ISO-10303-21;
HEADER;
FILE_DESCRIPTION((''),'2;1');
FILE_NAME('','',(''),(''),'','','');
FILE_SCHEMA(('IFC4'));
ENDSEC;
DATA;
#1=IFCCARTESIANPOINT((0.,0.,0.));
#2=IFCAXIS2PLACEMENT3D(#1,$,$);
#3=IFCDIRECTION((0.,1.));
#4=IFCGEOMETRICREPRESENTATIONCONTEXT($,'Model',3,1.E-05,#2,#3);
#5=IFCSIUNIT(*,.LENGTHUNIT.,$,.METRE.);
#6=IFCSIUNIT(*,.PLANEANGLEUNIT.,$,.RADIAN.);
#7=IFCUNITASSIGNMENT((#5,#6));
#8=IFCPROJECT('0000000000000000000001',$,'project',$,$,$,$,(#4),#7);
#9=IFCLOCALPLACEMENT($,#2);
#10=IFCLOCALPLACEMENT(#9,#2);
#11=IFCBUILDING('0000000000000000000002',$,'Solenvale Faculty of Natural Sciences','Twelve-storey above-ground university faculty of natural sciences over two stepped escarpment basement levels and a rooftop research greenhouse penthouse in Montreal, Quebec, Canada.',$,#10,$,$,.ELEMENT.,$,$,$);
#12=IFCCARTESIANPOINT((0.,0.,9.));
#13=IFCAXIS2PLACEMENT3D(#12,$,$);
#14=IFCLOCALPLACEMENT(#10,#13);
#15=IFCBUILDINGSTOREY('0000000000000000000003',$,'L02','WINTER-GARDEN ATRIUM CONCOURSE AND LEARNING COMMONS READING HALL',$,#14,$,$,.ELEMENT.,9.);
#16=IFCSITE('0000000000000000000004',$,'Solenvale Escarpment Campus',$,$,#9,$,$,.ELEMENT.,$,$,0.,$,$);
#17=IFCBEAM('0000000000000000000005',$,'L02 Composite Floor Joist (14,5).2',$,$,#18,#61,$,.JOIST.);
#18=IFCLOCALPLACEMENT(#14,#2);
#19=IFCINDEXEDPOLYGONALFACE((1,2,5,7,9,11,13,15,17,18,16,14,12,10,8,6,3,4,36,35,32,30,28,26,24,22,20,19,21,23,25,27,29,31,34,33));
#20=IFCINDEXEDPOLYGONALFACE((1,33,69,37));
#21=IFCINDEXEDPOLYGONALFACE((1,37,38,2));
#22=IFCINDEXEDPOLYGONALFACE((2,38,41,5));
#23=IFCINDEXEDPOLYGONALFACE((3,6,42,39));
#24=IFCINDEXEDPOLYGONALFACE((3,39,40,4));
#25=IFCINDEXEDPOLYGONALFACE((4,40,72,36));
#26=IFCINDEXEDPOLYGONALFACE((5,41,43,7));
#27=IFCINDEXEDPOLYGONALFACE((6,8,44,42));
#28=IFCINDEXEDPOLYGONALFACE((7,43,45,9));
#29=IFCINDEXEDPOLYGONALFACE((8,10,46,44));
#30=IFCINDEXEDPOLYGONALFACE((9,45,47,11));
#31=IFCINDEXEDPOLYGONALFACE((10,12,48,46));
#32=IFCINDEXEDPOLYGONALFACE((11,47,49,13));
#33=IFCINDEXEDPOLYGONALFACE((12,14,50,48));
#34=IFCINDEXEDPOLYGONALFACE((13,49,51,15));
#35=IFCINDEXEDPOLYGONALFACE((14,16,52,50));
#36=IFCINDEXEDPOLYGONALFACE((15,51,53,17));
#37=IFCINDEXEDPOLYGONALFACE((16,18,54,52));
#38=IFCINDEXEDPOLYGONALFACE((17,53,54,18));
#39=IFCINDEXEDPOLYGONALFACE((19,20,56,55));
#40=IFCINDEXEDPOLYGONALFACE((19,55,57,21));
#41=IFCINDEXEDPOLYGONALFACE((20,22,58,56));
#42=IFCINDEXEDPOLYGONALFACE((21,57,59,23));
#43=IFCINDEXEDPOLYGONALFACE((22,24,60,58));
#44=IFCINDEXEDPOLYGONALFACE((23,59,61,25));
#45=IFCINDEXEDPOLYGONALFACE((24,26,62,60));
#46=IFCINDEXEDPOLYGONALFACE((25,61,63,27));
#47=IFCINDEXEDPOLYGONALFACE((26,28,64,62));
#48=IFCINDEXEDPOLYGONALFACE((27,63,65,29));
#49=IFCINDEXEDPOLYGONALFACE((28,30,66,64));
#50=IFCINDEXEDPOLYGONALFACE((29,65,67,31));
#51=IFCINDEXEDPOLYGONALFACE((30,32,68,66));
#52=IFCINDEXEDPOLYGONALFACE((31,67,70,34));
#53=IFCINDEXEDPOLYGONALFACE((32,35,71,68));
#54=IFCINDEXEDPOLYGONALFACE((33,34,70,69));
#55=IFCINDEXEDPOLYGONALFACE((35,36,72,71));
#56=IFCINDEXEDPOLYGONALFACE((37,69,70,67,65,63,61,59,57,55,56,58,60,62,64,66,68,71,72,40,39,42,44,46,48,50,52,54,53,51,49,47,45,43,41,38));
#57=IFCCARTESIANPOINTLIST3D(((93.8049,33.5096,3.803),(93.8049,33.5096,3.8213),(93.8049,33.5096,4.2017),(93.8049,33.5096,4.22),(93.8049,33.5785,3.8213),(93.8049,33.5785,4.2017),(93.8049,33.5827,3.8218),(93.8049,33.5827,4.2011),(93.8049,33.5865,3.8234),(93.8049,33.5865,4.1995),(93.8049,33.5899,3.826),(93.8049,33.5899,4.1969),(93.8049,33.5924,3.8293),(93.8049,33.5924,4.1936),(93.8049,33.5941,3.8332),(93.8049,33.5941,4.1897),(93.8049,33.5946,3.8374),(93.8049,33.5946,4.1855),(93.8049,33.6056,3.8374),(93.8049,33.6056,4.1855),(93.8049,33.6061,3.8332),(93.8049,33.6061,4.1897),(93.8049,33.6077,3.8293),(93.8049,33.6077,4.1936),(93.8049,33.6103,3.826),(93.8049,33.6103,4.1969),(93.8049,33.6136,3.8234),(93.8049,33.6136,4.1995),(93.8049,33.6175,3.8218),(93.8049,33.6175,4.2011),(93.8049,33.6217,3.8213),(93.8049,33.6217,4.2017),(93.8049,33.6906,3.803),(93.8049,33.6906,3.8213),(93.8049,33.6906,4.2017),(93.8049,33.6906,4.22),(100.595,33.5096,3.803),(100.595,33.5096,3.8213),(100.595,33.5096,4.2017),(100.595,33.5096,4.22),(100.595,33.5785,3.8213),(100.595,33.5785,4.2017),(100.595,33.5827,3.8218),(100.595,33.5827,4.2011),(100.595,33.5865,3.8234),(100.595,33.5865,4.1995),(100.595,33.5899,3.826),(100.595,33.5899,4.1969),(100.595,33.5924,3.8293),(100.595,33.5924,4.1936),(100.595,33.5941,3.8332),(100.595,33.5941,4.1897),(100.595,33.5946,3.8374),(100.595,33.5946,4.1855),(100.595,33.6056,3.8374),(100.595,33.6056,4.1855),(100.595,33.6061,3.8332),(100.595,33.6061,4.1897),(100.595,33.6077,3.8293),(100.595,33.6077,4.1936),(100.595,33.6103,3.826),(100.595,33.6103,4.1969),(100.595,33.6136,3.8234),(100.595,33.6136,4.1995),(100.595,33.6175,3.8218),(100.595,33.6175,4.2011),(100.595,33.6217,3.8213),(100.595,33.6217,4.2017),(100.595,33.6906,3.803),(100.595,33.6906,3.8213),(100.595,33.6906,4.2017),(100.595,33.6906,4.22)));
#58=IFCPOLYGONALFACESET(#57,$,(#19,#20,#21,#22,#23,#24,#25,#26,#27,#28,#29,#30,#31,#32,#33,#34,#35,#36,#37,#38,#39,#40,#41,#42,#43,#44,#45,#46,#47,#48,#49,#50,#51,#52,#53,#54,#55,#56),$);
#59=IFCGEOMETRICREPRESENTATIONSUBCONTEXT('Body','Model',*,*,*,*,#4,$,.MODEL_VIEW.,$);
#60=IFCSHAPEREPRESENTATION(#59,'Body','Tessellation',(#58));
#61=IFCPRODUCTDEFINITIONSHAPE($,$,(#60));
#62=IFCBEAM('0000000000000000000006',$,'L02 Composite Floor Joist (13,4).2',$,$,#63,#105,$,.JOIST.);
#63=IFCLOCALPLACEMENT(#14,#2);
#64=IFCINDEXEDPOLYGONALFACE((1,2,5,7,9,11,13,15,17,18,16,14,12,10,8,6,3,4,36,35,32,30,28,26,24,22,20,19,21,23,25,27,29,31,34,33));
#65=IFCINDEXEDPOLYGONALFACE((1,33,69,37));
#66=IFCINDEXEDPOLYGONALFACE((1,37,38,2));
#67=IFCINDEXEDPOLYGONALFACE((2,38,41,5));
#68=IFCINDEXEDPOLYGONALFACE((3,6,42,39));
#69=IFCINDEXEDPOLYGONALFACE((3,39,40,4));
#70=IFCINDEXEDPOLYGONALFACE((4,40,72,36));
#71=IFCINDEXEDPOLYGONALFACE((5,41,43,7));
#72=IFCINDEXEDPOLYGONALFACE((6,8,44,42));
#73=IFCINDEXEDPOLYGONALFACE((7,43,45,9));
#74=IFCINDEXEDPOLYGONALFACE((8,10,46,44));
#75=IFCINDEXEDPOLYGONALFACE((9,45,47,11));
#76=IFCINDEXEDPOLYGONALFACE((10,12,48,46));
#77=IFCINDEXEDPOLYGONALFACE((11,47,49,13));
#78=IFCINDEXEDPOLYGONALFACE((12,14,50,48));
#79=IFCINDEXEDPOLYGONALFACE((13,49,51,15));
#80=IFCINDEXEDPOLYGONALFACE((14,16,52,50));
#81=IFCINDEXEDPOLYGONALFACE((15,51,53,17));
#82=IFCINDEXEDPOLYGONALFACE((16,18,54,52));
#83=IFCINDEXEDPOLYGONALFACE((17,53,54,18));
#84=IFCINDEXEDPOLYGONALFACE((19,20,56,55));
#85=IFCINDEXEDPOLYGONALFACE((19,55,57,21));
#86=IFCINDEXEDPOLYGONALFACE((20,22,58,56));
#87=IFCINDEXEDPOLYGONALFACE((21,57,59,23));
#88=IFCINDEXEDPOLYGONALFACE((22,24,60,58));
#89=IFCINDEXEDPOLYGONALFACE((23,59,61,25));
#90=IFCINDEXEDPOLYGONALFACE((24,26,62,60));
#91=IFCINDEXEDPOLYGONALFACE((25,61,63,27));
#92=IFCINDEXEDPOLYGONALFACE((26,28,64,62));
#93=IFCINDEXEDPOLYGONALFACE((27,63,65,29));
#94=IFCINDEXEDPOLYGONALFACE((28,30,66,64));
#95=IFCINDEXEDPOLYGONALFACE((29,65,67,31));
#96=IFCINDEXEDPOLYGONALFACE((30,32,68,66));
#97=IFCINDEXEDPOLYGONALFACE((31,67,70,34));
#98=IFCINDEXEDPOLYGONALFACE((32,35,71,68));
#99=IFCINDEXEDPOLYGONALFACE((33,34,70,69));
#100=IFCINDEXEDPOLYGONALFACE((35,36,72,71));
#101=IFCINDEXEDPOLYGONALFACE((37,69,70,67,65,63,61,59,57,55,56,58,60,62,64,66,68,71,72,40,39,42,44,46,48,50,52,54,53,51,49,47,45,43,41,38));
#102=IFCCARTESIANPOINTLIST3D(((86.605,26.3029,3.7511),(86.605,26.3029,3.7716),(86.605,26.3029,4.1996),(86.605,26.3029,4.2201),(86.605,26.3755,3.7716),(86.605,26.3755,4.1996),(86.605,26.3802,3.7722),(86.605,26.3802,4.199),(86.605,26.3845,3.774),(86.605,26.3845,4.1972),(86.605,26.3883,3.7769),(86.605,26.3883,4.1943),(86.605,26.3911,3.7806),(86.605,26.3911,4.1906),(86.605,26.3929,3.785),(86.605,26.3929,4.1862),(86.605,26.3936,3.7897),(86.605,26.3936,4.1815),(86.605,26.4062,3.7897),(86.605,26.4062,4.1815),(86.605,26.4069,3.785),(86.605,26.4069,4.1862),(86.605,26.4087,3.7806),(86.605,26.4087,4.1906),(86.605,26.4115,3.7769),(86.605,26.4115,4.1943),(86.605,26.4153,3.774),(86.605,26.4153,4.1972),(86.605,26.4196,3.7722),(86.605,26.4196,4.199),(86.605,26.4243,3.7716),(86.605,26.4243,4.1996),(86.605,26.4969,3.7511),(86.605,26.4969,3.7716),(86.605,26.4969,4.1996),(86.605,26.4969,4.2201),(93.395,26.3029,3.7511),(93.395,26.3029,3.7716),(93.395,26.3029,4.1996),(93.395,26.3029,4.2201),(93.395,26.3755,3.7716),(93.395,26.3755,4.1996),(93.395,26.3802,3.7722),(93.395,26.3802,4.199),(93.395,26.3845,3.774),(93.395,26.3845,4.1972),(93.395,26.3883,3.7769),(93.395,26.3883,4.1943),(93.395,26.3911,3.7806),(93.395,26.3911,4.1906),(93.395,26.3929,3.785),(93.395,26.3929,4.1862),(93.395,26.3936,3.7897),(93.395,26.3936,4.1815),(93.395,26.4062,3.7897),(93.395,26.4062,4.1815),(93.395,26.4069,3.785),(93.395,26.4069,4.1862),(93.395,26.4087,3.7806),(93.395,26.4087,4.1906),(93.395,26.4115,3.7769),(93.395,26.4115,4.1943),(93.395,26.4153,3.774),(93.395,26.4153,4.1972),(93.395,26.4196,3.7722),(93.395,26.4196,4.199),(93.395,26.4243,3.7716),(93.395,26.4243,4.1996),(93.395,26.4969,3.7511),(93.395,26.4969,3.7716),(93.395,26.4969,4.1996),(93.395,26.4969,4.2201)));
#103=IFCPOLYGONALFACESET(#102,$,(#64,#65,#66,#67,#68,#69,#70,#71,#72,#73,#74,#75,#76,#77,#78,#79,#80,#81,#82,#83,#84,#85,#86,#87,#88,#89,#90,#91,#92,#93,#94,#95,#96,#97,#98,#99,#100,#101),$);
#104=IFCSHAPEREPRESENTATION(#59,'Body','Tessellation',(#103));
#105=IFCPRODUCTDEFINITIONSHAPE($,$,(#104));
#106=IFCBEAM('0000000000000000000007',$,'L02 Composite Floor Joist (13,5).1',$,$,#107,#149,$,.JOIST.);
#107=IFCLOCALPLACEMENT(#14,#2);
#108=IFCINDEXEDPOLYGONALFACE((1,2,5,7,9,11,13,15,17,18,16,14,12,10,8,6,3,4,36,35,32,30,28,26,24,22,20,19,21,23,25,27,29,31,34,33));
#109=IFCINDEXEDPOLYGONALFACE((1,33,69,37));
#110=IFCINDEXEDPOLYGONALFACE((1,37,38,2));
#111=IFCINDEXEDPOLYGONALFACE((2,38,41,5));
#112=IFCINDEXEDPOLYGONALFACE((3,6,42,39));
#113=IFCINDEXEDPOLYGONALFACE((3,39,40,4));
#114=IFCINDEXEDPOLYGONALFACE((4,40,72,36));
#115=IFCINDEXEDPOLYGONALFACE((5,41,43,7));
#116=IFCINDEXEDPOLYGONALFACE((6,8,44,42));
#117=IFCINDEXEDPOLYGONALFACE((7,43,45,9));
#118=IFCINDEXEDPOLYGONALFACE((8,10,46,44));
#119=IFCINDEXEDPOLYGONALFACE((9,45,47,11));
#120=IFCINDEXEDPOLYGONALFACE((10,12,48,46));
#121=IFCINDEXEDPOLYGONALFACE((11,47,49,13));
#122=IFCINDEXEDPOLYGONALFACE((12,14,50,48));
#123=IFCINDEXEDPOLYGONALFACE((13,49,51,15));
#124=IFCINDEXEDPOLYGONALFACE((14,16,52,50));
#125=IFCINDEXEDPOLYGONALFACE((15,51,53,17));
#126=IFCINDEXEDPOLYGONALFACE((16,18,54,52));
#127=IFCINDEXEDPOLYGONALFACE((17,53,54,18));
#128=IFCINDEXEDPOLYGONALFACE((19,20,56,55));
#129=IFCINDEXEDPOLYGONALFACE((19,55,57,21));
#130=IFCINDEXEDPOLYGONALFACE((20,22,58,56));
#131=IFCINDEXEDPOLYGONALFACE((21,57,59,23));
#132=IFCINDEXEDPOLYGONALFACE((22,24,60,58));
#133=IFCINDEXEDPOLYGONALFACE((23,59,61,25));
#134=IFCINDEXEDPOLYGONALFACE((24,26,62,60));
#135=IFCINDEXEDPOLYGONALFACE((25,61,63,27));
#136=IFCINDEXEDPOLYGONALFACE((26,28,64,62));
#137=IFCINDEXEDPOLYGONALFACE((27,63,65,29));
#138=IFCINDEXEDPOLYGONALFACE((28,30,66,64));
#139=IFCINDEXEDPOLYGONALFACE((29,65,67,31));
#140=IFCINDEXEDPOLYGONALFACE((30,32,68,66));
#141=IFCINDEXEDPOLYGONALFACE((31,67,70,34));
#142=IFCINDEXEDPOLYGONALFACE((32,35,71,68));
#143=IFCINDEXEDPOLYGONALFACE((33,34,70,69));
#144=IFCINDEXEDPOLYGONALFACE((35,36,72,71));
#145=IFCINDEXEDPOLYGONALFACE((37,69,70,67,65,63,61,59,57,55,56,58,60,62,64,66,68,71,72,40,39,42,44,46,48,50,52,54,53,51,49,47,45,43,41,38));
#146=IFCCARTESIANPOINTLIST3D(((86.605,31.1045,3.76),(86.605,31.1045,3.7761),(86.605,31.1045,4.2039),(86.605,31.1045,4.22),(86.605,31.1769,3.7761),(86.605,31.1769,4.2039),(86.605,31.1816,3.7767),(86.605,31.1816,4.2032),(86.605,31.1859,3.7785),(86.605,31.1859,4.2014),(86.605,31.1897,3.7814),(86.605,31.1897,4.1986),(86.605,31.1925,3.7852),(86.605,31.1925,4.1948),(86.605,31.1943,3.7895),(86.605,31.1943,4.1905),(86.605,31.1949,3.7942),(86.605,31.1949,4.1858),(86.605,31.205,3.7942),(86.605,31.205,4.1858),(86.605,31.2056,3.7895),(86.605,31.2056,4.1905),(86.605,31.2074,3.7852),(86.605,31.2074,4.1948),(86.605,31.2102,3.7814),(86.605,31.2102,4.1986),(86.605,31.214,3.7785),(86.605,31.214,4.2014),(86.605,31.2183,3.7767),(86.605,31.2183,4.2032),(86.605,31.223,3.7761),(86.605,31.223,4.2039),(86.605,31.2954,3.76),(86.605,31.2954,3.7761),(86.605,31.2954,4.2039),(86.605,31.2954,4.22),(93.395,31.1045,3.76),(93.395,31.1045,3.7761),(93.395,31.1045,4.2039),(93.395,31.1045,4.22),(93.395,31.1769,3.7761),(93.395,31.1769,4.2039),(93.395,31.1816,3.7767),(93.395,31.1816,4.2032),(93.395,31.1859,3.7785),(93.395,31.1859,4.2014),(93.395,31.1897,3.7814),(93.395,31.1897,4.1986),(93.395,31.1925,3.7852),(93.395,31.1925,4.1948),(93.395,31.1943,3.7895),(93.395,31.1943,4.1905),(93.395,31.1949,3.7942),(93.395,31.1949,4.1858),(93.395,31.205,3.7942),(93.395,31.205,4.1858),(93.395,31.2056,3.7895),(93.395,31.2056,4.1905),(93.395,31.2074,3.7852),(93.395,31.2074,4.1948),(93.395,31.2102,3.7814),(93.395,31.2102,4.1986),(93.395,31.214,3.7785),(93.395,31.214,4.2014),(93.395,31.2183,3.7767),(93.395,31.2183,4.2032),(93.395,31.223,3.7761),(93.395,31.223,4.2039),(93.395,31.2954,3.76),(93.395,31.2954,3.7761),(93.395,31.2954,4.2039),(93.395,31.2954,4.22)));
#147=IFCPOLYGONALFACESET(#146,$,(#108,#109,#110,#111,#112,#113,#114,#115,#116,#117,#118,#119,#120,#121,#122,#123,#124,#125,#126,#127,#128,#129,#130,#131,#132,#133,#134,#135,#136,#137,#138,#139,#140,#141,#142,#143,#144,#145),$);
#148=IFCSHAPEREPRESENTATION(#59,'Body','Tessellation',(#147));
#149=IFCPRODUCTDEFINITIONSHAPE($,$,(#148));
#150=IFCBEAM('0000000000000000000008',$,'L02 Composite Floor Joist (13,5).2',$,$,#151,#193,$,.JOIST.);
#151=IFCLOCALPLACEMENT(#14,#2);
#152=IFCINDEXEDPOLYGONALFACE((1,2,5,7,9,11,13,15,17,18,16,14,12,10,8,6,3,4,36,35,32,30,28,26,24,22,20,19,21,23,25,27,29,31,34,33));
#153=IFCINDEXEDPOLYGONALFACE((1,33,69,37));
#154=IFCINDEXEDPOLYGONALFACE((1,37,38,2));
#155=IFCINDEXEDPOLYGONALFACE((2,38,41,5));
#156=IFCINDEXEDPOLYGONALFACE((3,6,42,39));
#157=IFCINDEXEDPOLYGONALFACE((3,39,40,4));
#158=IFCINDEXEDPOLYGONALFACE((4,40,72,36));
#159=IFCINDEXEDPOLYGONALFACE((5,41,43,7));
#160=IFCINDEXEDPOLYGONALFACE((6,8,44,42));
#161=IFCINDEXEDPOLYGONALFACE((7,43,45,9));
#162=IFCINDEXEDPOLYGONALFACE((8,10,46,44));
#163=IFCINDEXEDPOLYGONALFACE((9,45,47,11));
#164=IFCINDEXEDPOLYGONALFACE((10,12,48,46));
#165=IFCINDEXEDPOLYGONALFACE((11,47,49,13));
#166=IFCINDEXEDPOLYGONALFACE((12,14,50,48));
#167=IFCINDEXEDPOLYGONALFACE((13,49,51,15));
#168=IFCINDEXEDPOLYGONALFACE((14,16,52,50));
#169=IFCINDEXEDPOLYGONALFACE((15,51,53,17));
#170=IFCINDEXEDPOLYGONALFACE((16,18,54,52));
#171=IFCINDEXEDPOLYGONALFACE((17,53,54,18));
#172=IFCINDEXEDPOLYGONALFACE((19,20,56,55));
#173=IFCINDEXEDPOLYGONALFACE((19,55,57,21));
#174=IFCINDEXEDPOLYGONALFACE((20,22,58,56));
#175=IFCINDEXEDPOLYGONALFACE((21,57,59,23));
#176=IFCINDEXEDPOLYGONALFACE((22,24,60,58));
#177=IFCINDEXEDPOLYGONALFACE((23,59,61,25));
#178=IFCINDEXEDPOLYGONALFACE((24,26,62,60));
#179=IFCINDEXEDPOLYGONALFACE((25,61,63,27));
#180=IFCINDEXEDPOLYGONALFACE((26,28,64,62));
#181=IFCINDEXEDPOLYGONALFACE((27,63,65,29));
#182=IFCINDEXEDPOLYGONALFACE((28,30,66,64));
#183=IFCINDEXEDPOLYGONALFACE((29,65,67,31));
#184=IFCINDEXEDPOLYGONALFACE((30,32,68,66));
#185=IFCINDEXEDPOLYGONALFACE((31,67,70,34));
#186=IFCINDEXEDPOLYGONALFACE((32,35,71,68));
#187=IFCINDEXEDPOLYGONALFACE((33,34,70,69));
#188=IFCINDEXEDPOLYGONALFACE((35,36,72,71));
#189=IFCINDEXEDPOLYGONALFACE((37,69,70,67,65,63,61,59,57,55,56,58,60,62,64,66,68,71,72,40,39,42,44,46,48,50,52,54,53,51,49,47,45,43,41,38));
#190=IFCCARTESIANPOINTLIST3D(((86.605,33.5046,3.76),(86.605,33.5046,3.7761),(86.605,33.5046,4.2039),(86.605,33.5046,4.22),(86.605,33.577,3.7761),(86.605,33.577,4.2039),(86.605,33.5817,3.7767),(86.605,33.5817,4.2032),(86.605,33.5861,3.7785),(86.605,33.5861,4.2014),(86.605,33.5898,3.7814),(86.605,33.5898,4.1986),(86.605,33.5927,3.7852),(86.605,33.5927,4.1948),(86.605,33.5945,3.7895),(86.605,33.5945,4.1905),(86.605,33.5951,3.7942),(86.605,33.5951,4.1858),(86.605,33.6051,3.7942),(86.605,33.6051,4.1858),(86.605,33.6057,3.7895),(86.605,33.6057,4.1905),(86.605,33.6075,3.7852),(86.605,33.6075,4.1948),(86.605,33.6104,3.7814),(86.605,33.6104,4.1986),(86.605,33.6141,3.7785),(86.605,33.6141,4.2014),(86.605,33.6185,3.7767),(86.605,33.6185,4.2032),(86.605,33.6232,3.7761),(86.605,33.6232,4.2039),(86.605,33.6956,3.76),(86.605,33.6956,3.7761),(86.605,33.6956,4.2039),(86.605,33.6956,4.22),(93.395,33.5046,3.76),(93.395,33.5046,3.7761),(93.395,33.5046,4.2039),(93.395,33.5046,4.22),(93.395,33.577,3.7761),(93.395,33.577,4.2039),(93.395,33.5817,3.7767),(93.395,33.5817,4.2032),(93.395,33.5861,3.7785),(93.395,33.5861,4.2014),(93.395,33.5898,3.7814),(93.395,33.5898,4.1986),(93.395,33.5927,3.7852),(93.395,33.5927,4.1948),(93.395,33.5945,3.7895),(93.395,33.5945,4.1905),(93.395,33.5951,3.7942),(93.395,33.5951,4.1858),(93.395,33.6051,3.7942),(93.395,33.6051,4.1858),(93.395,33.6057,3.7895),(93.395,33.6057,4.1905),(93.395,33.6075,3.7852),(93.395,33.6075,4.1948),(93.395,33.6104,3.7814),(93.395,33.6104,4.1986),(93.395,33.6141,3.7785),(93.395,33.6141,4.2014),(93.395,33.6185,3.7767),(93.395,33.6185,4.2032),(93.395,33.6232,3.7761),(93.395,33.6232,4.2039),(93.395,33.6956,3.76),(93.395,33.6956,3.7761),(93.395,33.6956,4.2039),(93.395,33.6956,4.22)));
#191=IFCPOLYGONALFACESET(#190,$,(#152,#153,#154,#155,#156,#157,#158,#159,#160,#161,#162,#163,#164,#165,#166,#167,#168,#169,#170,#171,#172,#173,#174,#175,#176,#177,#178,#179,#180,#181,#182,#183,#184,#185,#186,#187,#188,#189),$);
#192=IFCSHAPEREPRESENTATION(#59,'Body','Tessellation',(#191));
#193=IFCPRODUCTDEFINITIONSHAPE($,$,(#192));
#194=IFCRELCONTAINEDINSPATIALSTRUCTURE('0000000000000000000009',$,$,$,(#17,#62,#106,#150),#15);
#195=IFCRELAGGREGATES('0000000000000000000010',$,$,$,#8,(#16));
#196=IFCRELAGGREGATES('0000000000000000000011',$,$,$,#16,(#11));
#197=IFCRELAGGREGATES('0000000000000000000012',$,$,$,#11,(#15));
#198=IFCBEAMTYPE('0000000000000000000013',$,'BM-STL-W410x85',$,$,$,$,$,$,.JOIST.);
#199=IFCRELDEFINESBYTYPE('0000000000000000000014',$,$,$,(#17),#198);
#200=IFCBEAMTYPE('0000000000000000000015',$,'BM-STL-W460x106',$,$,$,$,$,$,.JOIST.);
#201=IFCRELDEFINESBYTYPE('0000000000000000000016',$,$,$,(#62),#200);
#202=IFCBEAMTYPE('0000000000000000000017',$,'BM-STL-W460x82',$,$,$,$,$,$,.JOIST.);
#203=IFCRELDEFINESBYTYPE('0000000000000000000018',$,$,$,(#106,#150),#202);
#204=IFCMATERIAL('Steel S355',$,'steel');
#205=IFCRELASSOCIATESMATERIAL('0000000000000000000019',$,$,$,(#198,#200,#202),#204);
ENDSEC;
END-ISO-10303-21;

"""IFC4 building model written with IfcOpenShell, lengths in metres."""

from ifc_helpers import new_model, si_unit, direction, frame, origin, origin_2d, place, context, subcontext, project, spatial, i_section, extrude, material, material_profile, profile_set, type_object, element, save


model = new_model("IFC4")

# Units and contexts
model_context = context("Model", 3, precision=1e-05, world=origin(), true_north=direction((0.0, 1.0)))
body_context = subcontext(model_context, "Body", "Model", "MODEL_VIEW")
ifc_project = project(units=[si_unit("LENGTHUNIT", "METRE"), si_unit("PLANEANGLEUNIT", "RADIAN")], contexts=[model_context])

# Site, building, storey
site_placement = place(None, origin())
site = spatial("IfcSite", under=ifc_project, at=site_placement, Name="Solenvale Escarpment Campus", CompositionType="ELEMENT", RefElevation=0.0)
building_placement = place(site_placement, origin())
building = spatial("IfcBuilding", under=site, at=building_placement, Name="Solenvale Faculty of Natural Sciences", Description="Twelve-storey above-ground university faculty of natural sciences over two stepped escarpment basement levels and a rooftop research greenhouse penthouse in Montreal, Quebec, Canada.", CompositionType="ELEMENT")
storey_placement = place(building_placement, frame((0.0, 0.0, 9.0)))
storey = spatial("IfcBuildingStorey", under=building, at=storey_placement, Name="L02", Description="WINTER-GARDEN ATRIUM CONCOURSE AND LEARNING COMMONS READING HALL", CompositionType="ELEMENT", Elevation=9.0)

# Beams
ifc_material_1 = material(Name="Steel S355", Category="steel")
ifc_material_profile_1 = material_profile(ifc_material_1, i_section(OverallWidth=0.1809, OverallDepth=0.417, WebThickness=0.011, FlangeThickness=0.0183, FilletRadius=0.0161, at=origin_2d()), Name="W410x85")
ifc_profile_set_1 = profile_set([ifc_material_profile_1], Name="Steel S355")
beam_type_1 = type_object("IfcBeamType", Name="BM-STL-W410x85", PredefinedType="JOIST", material=ifc_profile_set_1)
for number, where, z_axis, x_axis, name in (
    (1, (93.8049, 33.6001, 4.0115), (1.0, 0.0, 0.0), (0.0, 1.0, 0.0), "L02 Composite Floor Joist (14,5).2"),
):
    element("IfcBeam", number, at=place(storey_placement, frame(where, z_axis=z_axis, x_axis=x_axis)), inside=storey, type_object=beam_type_1, Name=name, PredefinedType="JOIST", context=body_context, shape_type="SweptSolid", body=[
        extrude(i_section(OverallWidth=0.1809, OverallDepth=0.417, WebThickness=0.011, FlangeThickness=0.0183, FilletRadius=0.0161, at=origin_2d()), origin(), (0.0, 0.0, 1.0), 6.79),
    ])
ifc_material_profile_2 = material_profile(ifc_material_1, i_section(OverallWidth=0.1941, OverallDepth=0.469, WebThickness=0.0127, FlangeThickness=0.0205, FilletRadius=0.0181, at=origin_2d()), Name="W460x106")
ifc_profile_set_2 = profile_set([ifc_material_profile_2], Name="Steel S355")
beam_type_2 = type_object("IfcBeamType", Name="BM-STL-W460x106", PredefinedType="JOIST", material=ifc_profile_set_2)
beam_placement = place(storey_placement, frame((86.605, 26.3999, 3.9856), z_axis=(1.0, 0.0, 0.0), x_axis=(0.0, 1.0, 0.0)))
element("IfcBeam", 2, at=beam_placement, inside=storey, type_object=beam_type_2, Name="L02 Composite Floor Joist (13,4).2", PredefinedType="JOIST", context=body_context, shape_type="SweptSolid", body=[
    extrude(i_section(OverallWidth=0.1941, OverallDepth=0.469, WebThickness=0.0127, FlangeThickness=0.0205, FilletRadius=0.0181, at=origin_2d()), origin(), (0.0, 0.0, 1.0), 6.79),
])
ifc_material_profile_3 = material_profile(ifc_material_1, i_section(OverallWidth=0.1909, OverallDepth=0.46, WebThickness=0.01, FlangeThickness=0.0161, FilletRadius=0.0181, at=origin_2d()), Name="W460x82")
ifc_profile_set_3 = profile_set([ifc_material_profile_3], Name="Steel S355")
beam_type_3 = type_object("IfcBeamType", Name="BM-STL-W460x82", PredefinedType="JOIST", material=ifc_profile_set_3)
for number, where, z_axis, x_axis, name in (
    (3, (86.605, 31.2, 3.99), (1.0, 0.0, 0.0), (0.0, 1.0, 0.0), "L02 Composite Floor Joist (13,5).1"),
    (4, (86.605, 33.6001, 3.99), (1.0, 0.0, 0.0), (0.0, 1.0, 0.0), "L02 Composite Floor Joist (13,5).2"),
):
    element("IfcBeam", number, at=place(storey_placement, frame(where, z_axis=z_axis, x_axis=x_axis)), inside=storey, type_object=beam_type_3, Name=name, PredefinedType="JOIST", context=body_context, shape_type="SweptSolid", body=[
        extrude(i_section(OverallWidth=0.1909, OverallDepth=0.46, WebThickness=0.01, FlangeThickness=0.0161, FilletRadius=0.0181, at=origin_2d()), origin(), (0.0, 0.0, 1.0), 6.79),
    ])

save(model, "model.ifc")
